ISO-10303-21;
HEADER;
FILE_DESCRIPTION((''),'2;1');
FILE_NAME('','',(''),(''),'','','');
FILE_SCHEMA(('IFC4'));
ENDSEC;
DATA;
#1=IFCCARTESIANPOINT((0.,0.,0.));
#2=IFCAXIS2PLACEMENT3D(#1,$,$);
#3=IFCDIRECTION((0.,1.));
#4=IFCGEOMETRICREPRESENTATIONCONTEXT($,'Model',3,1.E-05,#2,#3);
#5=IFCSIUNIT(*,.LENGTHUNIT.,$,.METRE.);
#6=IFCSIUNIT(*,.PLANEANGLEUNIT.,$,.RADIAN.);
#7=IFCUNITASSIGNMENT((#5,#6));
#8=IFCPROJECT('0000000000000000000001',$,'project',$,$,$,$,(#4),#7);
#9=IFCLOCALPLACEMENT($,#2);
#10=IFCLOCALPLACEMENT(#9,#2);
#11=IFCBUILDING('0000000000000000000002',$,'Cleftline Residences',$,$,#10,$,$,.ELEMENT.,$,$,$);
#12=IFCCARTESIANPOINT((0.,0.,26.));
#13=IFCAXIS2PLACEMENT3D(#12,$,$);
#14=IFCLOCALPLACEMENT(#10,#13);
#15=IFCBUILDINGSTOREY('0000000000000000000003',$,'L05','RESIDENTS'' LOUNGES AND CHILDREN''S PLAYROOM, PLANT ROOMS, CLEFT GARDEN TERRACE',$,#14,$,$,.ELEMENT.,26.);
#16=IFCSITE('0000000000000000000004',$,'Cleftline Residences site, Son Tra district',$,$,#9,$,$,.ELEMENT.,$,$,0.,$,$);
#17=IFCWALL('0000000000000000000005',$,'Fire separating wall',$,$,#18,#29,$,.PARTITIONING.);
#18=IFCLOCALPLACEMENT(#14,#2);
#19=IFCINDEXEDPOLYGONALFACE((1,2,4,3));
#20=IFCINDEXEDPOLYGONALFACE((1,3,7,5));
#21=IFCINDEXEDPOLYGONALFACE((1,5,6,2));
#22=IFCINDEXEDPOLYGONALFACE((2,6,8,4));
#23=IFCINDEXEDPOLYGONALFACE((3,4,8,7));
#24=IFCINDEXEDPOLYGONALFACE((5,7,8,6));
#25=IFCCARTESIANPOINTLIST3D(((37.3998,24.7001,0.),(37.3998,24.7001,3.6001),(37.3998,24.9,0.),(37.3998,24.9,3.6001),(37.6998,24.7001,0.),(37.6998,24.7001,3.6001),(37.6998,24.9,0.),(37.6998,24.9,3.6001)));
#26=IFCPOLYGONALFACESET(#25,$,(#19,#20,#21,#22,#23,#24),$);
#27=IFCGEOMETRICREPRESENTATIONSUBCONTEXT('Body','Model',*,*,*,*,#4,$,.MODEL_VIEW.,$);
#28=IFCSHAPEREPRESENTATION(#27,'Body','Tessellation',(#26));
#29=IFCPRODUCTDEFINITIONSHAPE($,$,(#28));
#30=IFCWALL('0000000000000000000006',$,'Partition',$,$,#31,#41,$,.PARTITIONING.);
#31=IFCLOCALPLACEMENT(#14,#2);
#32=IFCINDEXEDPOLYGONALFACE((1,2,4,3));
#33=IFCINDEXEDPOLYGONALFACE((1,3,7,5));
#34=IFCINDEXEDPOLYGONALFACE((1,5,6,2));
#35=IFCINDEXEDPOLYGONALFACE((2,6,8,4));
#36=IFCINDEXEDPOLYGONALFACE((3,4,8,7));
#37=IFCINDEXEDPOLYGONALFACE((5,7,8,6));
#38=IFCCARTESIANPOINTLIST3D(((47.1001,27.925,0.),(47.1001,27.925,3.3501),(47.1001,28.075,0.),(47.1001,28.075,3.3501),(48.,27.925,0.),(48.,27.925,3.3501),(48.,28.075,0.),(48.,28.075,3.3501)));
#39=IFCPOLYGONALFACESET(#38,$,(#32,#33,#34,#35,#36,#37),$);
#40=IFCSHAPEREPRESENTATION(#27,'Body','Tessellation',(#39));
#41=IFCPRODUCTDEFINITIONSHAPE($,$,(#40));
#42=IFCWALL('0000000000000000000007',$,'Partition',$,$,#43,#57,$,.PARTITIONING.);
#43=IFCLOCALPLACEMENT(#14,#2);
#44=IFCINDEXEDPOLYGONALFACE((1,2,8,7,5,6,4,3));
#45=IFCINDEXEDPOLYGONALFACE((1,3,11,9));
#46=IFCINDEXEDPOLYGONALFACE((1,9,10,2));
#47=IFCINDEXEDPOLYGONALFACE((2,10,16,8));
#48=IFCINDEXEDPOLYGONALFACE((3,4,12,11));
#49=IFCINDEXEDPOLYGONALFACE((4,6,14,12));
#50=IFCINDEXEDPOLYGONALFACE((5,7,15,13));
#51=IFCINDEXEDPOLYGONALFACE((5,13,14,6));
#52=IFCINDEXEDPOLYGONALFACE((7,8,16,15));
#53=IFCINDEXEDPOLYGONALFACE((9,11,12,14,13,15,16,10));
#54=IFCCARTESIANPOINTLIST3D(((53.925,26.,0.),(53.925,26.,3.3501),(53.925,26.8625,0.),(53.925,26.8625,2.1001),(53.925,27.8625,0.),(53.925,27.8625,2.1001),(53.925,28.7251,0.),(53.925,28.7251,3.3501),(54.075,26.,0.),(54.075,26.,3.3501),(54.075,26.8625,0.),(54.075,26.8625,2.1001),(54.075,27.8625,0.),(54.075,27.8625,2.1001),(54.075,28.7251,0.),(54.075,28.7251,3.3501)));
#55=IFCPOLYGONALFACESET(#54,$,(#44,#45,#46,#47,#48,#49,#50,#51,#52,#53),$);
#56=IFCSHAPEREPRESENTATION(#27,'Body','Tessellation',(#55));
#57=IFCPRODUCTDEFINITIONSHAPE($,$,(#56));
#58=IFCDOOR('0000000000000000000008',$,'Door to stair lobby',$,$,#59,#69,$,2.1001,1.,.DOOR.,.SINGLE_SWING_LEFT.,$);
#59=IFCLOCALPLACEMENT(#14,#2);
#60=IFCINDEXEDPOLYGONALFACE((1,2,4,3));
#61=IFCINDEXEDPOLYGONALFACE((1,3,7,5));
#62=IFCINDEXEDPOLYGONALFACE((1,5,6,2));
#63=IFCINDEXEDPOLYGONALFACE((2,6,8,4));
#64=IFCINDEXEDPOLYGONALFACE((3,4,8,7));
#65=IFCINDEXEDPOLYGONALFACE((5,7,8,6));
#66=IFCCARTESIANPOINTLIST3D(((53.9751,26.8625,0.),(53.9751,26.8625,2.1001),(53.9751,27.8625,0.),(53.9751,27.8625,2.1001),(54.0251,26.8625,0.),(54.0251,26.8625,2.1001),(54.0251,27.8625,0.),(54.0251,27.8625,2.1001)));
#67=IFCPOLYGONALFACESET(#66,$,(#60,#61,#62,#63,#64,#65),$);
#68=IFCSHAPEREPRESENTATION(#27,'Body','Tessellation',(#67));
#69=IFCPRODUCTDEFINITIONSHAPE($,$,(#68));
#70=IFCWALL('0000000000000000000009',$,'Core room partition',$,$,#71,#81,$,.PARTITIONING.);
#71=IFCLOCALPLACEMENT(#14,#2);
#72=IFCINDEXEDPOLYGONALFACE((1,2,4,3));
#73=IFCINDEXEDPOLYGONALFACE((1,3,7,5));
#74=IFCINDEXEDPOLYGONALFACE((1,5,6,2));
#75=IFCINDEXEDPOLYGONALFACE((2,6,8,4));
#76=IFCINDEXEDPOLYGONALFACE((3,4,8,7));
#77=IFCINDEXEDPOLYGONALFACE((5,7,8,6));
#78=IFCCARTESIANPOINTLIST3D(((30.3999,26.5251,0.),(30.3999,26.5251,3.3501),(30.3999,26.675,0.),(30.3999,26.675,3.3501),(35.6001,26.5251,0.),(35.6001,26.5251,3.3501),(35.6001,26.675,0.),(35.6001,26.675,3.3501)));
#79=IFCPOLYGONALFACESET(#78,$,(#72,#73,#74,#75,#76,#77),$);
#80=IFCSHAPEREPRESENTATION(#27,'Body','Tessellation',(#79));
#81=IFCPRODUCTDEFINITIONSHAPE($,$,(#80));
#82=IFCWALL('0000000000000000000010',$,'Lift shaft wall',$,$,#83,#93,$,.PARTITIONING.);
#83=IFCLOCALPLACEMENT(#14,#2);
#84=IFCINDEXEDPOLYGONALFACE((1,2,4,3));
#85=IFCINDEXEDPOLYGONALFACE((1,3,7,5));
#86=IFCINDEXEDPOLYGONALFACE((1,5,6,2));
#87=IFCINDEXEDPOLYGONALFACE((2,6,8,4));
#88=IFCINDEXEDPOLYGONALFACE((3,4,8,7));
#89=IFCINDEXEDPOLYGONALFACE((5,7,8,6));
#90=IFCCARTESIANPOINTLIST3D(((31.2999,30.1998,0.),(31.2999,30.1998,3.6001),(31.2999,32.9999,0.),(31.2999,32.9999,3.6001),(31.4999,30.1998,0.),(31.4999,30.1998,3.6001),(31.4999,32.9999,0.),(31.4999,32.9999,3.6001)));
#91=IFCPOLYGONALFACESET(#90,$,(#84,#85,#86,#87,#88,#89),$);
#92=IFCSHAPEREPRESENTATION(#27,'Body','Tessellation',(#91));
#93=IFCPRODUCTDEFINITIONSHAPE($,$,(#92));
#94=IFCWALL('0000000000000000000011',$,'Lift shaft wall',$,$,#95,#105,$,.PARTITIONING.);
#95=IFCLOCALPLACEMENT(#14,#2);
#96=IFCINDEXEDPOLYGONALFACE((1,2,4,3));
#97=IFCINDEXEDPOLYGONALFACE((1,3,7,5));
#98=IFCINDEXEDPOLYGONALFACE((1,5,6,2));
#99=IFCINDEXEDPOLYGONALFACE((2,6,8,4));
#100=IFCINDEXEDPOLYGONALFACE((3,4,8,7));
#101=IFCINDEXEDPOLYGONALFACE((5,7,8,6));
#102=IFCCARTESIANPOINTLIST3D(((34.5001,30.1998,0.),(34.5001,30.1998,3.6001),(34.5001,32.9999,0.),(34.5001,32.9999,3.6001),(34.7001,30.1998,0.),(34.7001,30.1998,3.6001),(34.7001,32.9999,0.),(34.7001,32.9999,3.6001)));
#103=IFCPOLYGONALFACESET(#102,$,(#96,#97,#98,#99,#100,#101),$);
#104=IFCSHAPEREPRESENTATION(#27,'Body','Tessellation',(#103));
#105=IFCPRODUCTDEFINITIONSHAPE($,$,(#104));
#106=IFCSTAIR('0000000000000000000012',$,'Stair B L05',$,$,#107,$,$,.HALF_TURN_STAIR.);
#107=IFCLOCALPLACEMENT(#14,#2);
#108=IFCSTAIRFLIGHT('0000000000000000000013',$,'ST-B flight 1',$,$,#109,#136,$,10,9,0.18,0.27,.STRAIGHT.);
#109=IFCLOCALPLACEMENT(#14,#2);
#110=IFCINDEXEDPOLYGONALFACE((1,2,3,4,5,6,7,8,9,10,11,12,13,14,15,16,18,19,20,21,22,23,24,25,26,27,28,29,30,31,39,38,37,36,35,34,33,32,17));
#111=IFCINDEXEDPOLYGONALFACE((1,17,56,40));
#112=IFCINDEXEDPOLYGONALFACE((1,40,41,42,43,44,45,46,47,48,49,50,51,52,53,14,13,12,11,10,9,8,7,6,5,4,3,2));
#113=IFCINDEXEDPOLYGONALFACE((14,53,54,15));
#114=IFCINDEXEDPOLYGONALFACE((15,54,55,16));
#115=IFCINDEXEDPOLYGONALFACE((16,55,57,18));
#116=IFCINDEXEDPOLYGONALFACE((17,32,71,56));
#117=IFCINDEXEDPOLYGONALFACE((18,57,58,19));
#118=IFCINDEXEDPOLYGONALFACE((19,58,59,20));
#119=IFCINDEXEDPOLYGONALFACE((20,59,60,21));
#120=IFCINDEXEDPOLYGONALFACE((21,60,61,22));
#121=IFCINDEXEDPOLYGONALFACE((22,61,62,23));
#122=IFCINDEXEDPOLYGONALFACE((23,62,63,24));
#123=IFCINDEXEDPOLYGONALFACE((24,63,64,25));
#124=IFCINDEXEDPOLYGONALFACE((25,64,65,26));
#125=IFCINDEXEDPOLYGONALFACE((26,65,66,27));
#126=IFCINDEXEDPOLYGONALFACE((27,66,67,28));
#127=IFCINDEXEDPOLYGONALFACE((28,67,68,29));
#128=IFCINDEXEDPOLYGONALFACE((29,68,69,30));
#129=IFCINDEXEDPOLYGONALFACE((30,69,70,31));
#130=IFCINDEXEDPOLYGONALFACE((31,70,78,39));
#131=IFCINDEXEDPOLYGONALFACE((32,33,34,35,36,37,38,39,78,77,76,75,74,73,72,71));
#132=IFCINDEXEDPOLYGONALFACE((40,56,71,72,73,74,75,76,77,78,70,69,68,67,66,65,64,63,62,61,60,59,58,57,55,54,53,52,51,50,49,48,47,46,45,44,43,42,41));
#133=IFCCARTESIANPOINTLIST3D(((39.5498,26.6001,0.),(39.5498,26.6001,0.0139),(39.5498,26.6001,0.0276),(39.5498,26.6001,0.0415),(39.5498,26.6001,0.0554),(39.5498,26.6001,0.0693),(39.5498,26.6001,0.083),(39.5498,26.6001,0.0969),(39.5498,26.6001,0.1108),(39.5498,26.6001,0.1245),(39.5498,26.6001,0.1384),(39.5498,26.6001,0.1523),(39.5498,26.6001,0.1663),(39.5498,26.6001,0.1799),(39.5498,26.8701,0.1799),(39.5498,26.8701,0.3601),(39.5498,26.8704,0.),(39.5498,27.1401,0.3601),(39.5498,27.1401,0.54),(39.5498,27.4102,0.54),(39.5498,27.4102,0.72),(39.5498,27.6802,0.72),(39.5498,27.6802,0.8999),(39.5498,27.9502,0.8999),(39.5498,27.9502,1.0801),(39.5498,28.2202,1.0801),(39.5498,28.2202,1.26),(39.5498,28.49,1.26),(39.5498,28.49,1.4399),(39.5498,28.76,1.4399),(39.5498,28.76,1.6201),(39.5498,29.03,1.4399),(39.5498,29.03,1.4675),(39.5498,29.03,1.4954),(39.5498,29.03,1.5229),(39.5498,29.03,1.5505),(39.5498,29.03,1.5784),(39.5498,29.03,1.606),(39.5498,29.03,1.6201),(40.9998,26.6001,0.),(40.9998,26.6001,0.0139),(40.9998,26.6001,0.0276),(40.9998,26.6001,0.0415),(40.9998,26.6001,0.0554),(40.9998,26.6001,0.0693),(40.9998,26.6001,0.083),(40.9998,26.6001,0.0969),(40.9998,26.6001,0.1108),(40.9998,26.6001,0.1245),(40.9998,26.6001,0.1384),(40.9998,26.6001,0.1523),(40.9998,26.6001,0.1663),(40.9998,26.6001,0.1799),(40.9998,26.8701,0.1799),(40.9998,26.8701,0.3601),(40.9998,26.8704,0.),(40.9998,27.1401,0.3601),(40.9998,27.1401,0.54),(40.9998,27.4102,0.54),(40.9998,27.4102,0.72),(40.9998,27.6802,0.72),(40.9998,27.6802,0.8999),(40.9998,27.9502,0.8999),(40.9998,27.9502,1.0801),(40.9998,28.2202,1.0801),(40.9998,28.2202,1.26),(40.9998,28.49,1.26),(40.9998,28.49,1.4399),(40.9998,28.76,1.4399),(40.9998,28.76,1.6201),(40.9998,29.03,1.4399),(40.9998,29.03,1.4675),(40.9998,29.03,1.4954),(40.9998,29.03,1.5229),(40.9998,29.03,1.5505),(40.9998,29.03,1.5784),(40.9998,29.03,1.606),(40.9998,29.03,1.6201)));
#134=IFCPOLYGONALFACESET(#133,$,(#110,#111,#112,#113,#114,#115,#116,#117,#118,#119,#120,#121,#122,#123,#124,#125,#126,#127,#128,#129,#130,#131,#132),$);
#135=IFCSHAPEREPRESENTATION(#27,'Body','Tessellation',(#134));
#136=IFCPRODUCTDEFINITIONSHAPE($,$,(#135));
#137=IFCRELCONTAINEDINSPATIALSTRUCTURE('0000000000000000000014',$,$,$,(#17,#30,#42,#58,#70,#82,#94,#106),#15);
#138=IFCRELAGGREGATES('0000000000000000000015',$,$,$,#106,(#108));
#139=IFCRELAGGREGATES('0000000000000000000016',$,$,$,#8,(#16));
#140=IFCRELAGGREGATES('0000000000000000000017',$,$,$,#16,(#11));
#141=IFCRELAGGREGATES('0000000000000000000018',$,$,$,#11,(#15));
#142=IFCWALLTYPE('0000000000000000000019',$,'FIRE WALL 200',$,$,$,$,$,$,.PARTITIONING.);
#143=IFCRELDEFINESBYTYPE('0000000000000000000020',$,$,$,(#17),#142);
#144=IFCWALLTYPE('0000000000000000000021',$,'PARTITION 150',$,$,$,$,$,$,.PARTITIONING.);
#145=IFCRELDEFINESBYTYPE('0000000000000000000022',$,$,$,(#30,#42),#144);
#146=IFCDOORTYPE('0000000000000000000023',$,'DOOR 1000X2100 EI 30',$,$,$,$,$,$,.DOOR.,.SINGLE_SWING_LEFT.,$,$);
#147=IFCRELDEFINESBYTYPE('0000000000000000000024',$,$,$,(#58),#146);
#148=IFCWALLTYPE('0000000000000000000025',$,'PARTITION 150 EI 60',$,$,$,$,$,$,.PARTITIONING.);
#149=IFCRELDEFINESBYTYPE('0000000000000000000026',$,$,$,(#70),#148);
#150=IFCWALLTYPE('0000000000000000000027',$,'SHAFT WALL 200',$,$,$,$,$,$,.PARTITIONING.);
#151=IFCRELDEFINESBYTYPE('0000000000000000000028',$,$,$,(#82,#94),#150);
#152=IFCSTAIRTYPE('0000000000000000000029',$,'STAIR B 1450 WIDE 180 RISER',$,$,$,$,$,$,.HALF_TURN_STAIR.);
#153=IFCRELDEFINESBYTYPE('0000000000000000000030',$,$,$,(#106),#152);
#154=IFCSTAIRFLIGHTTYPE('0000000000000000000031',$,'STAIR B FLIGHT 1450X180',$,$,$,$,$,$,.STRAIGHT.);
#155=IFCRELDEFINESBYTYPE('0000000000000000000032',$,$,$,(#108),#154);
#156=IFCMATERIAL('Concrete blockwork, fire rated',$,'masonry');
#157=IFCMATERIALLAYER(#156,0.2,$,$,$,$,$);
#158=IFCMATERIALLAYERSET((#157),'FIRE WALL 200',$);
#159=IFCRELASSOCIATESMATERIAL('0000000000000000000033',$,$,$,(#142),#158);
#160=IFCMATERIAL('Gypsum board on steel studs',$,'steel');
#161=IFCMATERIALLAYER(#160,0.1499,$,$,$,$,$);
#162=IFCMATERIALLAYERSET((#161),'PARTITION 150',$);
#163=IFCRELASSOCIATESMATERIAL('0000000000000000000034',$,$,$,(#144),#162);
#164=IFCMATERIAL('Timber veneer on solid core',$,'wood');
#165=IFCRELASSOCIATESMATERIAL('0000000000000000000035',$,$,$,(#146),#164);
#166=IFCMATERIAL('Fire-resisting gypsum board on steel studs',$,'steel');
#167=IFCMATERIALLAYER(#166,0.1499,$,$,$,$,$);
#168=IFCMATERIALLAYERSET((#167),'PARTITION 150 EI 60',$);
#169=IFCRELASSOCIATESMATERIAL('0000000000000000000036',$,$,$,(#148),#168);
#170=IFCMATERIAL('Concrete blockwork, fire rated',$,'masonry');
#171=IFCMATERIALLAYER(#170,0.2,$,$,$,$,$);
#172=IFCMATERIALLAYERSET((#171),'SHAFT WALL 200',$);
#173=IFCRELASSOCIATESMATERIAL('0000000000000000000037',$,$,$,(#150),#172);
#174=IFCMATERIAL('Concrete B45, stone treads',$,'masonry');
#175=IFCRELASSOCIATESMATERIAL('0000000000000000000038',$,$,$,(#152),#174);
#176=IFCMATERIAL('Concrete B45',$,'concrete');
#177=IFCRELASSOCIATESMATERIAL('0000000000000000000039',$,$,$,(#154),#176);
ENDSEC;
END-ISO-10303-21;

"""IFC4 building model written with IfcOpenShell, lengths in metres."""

from ifc_helpers import new_model, si_unit, direction, frame, frame_2d, origin, place, context, subcontext, project, spatial, polyline, rectangle, outline, extrude, material, layer, layer_set, type_object, element, fill, aggregate, save


model = new_model("IFC4")

# Units and contexts
model_context = context("Model", 3, precision=1e-05, world=origin(), true_north=direction((0.0, 1.0)))
body_context = subcontext(model_context, "Body", "Model", "MODEL_VIEW")
ifc_project = project(units=[si_unit("LENGTHUNIT", "METRE"), si_unit("PLANEANGLEUNIT", "RADIAN")], contexts=[model_context])

# Site, building, storey
site_placement = place(None, origin())
site = spatial("IfcSite", under=ifc_project, at=site_placement, Name="Cleftline Residences site, Son Tra district", CompositionType="ELEMENT", RefElevation=0.0)
building_placement = place(site_placement, origin())
building = spatial("IfcBuilding", under=site, at=building_placement, Name="Cleftline Residences", CompositionType="ELEMENT")
storey_placement = place(building_placement, frame((0.0, 0.0, 26.0)))
storey = spatial("IfcBuildingStorey", under=building, at=storey_placement, Name="L05", Description="RESIDENTS' LOUNGES AND CHILDREN'S PLAYROOM, PLANT ROOMS, CLEFT GARDEN TERRACE", CompositionType="ELEMENT", Elevation=26.0)

# Shared definitions
ifc_material_1 = material(Name="Concrete blockwork, fire rated", Category="masonry")
ifc_layer_1 = layer(ifc_material_1, 0.2)
ifc_layer_set_1 = layer_set([ifc_layer_1], Name="FIRE WALL 200")
wall_type_1 = type_object("IfcWallType", Name="FIRE WALL 200", PredefinedType="PARTITIONING", material=ifc_layer_set_1)

# Walls
wall_1_placement = place(storey_placement, frame((37.3999, 24.8, 0.0), z_axis=(0.0, 0.0, 1.0), x_axis=(1.0, 0.0, 0.0)))
element("IfcWall", 1, at=wall_1_placement, inside=storey, type_object=wall_type_1, Name="Fire separating wall", PredefinedType="PARTITIONING", context=body_context, shape_type="SweptSolid", body=[
    extrude(rectangle(XDim=0.3, YDim=0.2, at=frame_2d((0.1499, 0.0))), origin(), (0.0, 0.0, 1.0), 3.6001),
])
ifc_material_2 = material(Name="Gypsum board on steel studs", Category="steel")
ifc_layer_2 = layer(ifc_material_2, 0.1499)
ifc_layer_set_2 = layer_set([ifc_layer_2], Name="PARTITION 150")
wall_type_2 = type_object("IfcWallType", Name="PARTITION 150", PredefinedType="PARTITIONING", material=ifc_layer_set_2)
wall_2_placement = place(storey_placement, frame((47.1001, 28.0, 0.0), z_axis=(0.0, 0.0, 1.0), x_axis=(1.0, 0.0, 0.0)))
element("IfcWall", 2, at=wall_2_placement, inside=storey, type_object=wall_type_2, Name="Partition", PredefinedType="PARTITIONING", context=body_context, shape_type="SweptSolid", body=[
    extrude(rectangle(XDim=0.8999, YDim=0.1499, at=frame_2d((0.45, 0.0))), origin(), (0.0, 0.0, 1.0), 3.3501),
])

# Wall, opening, door
wall_3_placement = place(storey_placement, frame((54.0, 26.0, 0.0), z_axis=(0.0, 0.0, 1.0), x_axis=(0.0, 1.0, 0.0)))
wall_3 = element("IfcWall", 3, at=wall_3_placement, inside=storey, type_object=wall_type_2, Name="Partition", PredefinedType="PARTITIONING", context=body_context, shape_type="SweptSolid", body=[
    extrude(rectangle(XDim=2.7251, YDim=0.1499, at=frame_2d((1.3625, 0.0))), origin(), (0.0, 0.0, 1.0), 3.3501),
])
opening_1_placement = place(wall_3_placement, frame((0.8625, 0.0, 0.0)))
opening_1 = element("IfcOpeningElement", 4, at=opening_1_placement, cuts=wall_3, PredefinedType="OPENING", context=body_context, shape_type="SweptSolid", body=[
    extrude(rectangle(XDim=1.0, YDim=2.1001, at=frame_2d((0.5, 1.05))), frame((0.0, 0.085, 0.0), z_axis=(0.0, -1.0, 0.0), x_axis=(1.0, 0.0, 0.0)), (0.0, 0.0, 1.0), 0.1699),
])
ifc_material_3 = material(Name="Timber veneer on solid core", Category="wood")
door_type_1 = type_object("IfcDoorType", Name="DOOR 1000X2100 EI 30", OperationType="SINGLE_SWING_LEFT", PredefinedType="DOOR", material=ifc_material_3)
door_1_placement = place(opening_1_placement, origin())
door_1 = element("IfcDoor", 5, at=door_1_placement, inside=storey, type_object=door_type_1, Name="Door to stair lobby", OperationType="SINGLE_SWING_LEFT", OverallHeight=2.1001, OverallWidth=1.0, PredefinedType="DOOR", context=body_context, shape_type="SweptSolid", body=[
    extrude(rectangle(XDim=1.0, YDim=2.1001, at=frame_2d((0.5, 1.05))), frame((0.0, 0.0249, 0.0), z_axis=(0.0, -1.0, 0.0), x_axis=(1.0, 0.0, 0.0)), (0.0, 0.0, 1.0), 0.05),
])
fill(opening_1, door_1)

# Walls
ifc_material_4 = material(Name="Fire-resisting gypsum board on steel studs", Category="steel")
ifc_layer_3 = layer(ifc_material_4, 0.1499)
ifc_layer_set_3 = layer_set([ifc_layer_3], Name="PARTITION 150 EI 60")
wall_type_3 = type_object("IfcWallType", Name="PARTITION 150 EI 60", PredefinedType="PARTITIONING", material=ifc_layer_set_3)
wall_4_placement = place(storey_placement, frame((30.3999, 26.6001, 0.0), z_axis=(0.0, 0.0, 1.0), x_axis=(1.0, 0.0, 0.0)))
element("IfcWall", 6, at=wall_4_placement, inside=storey, type_object=wall_type_3, Name="Core room partition", PredefinedType="PARTITIONING", context=body_context, shape_type="SweptSolid", body=[
    extrude(rectangle(XDim=5.2002, YDim=0.1499, at=frame_2d((2.6001, 0.0))), origin(), (0.0, 0.0, 1.0), 3.3501),
])
ifc_material_5 = material(Name="Concrete blockwork, fire rated", Category="masonry")
ifc_layer_4 = layer(ifc_material_5, 0.2)
ifc_layer_set_4 = layer_set([ifc_layer_4], Name="SHAFT WALL 200")
wall_type_4 = type_object("IfcWallType", Name="SHAFT WALL 200", PredefinedType="PARTITIONING", material=ifc_layer_set_4)
for number, where, z_axis, x_axis, name in (
    (7, (31.3999, 30.2, 0.0), (0.0, 0.0, 1.0), (0.0, 1.0, 0.0), "Lift shaft wall"),
    (8, (34.6001, 30.2, 0.0), (0.0, 0.0, 1.0), (0.0, 1.0, 0.0), "Lift shaft wall"),
):
    element("IfcWall", number, at=place(storey_placement, frame(where, z_axis=z_axis, x_axis=x_axis)), inside=storey, type_object=wall_type_4, Name=name, PredefinedType="PARTITIONING", context=body_context, shape_type="SweptSolid", body=[
        extrude(rectangle(XDim=2.8, YDim=0.2, at=frame_2d((1.3999, 0.0))), origin(), (0.0, 0.0, 1.0), 3.6001),
    ])

# Stair, stair flight
ifc_material_6 = material(Name="Concrete B45, stone treads", Category="masonry")
stair_type = type_object("IfcStairType", Name="STAIR B 1450 WIDE 180 RISER", PredefinedType="HALF_TURN_STAIR", material=ifc_material_6)
stair_placement = place(storey_placement, origin())
stair = element("IfcStair", 9, at=stair_placement, inside=storey, type_object=stair_type, Name="Stair B L05", PredefinedType="HALF_TURN_STAIR")
ifc_material_7 = material(Name="Concrete B45", Category="concrete")
stair_flight_type = type_object("IfcStairFlightType", Name="STAIR B FLIGHT 1450X180", PredefinedType="STRAIGHT", material=ifc_material_7)
stair_flight_1_placement = place(storey_placement, frame((40.2749, 26.6001, 0.0), z_axis=(0.0, 0.0, 1.0), x_axis=(0.0, 1.0, 0.0)))
stair_flight_1 = element("IfcStairFlight", 10, at=stair_flight_1_placement, type_object=stair_flight_type, Name="ST-B flight 1", NumberOfRisers=10, NumberOfTreads=9, PredefinedType="STRAIGHT", RiserHeight=0.18, TreadLength=0.27, context=body_context, shape_type="SweptSolid", body=[
    extrude(outline(polyline([(0.0, 0.0), (0.0, 0.0139), (0.0, 0.0276), (0.0, 0.0415), (0.0, 0.0554), (0.0, 0.0693), (0.0, 0.083), (0.0, 0.0969), (0.0, 0.1108), (0.0, 0.1245), (0.0, 0.1384), (0.0, 0.1523), (0.0, 0.1663), (0.0, 0.1799), (0.27, 0.1799), (0.27, 0.3601), (0.54, 0.3601), (0.54, 0.54), (0.8101, 0.54), (0.8101, 0.72), (1.0801, 0.72), (1.0801, 0.8999), (1.3501, 0.8999), (1.3501, 1.0801), (1.6201, 1.0801), (1.6201, 1.26), (1.8899, 1.26), (1.8899, 1.4399), (2.1599, 1.4399), (2.1599, 1.6201), (2.4299, 1.6201), (2.4299, 1.8), (2.4299, 1.7722), (2.4299, 1.7446), (2.4299, 1.7168), (2.4299, 1.6892), (2.4299, 1.6614), (2.4299, 1.6338), (2.4299, 1.606), (2.4299, 1.5784), (2.4299, 1.5505), (2.4299, 1.5229), (2.4299, 1.4954), (2.4299, 1.4675), (2.4299, 1.4399), (0.2703, 0.0), (0.0, 0.0)])), frame((0.0, 0.7251, 0.0), z_axis=(0.0, -1.0, 0.0), x_axis=(1.0, 0.0, 0.0)), (0.0, 0.0, 1.0), 1.45),
])
aggregate(stair, [stair_flight_1])

save(model, "model.ifc")
